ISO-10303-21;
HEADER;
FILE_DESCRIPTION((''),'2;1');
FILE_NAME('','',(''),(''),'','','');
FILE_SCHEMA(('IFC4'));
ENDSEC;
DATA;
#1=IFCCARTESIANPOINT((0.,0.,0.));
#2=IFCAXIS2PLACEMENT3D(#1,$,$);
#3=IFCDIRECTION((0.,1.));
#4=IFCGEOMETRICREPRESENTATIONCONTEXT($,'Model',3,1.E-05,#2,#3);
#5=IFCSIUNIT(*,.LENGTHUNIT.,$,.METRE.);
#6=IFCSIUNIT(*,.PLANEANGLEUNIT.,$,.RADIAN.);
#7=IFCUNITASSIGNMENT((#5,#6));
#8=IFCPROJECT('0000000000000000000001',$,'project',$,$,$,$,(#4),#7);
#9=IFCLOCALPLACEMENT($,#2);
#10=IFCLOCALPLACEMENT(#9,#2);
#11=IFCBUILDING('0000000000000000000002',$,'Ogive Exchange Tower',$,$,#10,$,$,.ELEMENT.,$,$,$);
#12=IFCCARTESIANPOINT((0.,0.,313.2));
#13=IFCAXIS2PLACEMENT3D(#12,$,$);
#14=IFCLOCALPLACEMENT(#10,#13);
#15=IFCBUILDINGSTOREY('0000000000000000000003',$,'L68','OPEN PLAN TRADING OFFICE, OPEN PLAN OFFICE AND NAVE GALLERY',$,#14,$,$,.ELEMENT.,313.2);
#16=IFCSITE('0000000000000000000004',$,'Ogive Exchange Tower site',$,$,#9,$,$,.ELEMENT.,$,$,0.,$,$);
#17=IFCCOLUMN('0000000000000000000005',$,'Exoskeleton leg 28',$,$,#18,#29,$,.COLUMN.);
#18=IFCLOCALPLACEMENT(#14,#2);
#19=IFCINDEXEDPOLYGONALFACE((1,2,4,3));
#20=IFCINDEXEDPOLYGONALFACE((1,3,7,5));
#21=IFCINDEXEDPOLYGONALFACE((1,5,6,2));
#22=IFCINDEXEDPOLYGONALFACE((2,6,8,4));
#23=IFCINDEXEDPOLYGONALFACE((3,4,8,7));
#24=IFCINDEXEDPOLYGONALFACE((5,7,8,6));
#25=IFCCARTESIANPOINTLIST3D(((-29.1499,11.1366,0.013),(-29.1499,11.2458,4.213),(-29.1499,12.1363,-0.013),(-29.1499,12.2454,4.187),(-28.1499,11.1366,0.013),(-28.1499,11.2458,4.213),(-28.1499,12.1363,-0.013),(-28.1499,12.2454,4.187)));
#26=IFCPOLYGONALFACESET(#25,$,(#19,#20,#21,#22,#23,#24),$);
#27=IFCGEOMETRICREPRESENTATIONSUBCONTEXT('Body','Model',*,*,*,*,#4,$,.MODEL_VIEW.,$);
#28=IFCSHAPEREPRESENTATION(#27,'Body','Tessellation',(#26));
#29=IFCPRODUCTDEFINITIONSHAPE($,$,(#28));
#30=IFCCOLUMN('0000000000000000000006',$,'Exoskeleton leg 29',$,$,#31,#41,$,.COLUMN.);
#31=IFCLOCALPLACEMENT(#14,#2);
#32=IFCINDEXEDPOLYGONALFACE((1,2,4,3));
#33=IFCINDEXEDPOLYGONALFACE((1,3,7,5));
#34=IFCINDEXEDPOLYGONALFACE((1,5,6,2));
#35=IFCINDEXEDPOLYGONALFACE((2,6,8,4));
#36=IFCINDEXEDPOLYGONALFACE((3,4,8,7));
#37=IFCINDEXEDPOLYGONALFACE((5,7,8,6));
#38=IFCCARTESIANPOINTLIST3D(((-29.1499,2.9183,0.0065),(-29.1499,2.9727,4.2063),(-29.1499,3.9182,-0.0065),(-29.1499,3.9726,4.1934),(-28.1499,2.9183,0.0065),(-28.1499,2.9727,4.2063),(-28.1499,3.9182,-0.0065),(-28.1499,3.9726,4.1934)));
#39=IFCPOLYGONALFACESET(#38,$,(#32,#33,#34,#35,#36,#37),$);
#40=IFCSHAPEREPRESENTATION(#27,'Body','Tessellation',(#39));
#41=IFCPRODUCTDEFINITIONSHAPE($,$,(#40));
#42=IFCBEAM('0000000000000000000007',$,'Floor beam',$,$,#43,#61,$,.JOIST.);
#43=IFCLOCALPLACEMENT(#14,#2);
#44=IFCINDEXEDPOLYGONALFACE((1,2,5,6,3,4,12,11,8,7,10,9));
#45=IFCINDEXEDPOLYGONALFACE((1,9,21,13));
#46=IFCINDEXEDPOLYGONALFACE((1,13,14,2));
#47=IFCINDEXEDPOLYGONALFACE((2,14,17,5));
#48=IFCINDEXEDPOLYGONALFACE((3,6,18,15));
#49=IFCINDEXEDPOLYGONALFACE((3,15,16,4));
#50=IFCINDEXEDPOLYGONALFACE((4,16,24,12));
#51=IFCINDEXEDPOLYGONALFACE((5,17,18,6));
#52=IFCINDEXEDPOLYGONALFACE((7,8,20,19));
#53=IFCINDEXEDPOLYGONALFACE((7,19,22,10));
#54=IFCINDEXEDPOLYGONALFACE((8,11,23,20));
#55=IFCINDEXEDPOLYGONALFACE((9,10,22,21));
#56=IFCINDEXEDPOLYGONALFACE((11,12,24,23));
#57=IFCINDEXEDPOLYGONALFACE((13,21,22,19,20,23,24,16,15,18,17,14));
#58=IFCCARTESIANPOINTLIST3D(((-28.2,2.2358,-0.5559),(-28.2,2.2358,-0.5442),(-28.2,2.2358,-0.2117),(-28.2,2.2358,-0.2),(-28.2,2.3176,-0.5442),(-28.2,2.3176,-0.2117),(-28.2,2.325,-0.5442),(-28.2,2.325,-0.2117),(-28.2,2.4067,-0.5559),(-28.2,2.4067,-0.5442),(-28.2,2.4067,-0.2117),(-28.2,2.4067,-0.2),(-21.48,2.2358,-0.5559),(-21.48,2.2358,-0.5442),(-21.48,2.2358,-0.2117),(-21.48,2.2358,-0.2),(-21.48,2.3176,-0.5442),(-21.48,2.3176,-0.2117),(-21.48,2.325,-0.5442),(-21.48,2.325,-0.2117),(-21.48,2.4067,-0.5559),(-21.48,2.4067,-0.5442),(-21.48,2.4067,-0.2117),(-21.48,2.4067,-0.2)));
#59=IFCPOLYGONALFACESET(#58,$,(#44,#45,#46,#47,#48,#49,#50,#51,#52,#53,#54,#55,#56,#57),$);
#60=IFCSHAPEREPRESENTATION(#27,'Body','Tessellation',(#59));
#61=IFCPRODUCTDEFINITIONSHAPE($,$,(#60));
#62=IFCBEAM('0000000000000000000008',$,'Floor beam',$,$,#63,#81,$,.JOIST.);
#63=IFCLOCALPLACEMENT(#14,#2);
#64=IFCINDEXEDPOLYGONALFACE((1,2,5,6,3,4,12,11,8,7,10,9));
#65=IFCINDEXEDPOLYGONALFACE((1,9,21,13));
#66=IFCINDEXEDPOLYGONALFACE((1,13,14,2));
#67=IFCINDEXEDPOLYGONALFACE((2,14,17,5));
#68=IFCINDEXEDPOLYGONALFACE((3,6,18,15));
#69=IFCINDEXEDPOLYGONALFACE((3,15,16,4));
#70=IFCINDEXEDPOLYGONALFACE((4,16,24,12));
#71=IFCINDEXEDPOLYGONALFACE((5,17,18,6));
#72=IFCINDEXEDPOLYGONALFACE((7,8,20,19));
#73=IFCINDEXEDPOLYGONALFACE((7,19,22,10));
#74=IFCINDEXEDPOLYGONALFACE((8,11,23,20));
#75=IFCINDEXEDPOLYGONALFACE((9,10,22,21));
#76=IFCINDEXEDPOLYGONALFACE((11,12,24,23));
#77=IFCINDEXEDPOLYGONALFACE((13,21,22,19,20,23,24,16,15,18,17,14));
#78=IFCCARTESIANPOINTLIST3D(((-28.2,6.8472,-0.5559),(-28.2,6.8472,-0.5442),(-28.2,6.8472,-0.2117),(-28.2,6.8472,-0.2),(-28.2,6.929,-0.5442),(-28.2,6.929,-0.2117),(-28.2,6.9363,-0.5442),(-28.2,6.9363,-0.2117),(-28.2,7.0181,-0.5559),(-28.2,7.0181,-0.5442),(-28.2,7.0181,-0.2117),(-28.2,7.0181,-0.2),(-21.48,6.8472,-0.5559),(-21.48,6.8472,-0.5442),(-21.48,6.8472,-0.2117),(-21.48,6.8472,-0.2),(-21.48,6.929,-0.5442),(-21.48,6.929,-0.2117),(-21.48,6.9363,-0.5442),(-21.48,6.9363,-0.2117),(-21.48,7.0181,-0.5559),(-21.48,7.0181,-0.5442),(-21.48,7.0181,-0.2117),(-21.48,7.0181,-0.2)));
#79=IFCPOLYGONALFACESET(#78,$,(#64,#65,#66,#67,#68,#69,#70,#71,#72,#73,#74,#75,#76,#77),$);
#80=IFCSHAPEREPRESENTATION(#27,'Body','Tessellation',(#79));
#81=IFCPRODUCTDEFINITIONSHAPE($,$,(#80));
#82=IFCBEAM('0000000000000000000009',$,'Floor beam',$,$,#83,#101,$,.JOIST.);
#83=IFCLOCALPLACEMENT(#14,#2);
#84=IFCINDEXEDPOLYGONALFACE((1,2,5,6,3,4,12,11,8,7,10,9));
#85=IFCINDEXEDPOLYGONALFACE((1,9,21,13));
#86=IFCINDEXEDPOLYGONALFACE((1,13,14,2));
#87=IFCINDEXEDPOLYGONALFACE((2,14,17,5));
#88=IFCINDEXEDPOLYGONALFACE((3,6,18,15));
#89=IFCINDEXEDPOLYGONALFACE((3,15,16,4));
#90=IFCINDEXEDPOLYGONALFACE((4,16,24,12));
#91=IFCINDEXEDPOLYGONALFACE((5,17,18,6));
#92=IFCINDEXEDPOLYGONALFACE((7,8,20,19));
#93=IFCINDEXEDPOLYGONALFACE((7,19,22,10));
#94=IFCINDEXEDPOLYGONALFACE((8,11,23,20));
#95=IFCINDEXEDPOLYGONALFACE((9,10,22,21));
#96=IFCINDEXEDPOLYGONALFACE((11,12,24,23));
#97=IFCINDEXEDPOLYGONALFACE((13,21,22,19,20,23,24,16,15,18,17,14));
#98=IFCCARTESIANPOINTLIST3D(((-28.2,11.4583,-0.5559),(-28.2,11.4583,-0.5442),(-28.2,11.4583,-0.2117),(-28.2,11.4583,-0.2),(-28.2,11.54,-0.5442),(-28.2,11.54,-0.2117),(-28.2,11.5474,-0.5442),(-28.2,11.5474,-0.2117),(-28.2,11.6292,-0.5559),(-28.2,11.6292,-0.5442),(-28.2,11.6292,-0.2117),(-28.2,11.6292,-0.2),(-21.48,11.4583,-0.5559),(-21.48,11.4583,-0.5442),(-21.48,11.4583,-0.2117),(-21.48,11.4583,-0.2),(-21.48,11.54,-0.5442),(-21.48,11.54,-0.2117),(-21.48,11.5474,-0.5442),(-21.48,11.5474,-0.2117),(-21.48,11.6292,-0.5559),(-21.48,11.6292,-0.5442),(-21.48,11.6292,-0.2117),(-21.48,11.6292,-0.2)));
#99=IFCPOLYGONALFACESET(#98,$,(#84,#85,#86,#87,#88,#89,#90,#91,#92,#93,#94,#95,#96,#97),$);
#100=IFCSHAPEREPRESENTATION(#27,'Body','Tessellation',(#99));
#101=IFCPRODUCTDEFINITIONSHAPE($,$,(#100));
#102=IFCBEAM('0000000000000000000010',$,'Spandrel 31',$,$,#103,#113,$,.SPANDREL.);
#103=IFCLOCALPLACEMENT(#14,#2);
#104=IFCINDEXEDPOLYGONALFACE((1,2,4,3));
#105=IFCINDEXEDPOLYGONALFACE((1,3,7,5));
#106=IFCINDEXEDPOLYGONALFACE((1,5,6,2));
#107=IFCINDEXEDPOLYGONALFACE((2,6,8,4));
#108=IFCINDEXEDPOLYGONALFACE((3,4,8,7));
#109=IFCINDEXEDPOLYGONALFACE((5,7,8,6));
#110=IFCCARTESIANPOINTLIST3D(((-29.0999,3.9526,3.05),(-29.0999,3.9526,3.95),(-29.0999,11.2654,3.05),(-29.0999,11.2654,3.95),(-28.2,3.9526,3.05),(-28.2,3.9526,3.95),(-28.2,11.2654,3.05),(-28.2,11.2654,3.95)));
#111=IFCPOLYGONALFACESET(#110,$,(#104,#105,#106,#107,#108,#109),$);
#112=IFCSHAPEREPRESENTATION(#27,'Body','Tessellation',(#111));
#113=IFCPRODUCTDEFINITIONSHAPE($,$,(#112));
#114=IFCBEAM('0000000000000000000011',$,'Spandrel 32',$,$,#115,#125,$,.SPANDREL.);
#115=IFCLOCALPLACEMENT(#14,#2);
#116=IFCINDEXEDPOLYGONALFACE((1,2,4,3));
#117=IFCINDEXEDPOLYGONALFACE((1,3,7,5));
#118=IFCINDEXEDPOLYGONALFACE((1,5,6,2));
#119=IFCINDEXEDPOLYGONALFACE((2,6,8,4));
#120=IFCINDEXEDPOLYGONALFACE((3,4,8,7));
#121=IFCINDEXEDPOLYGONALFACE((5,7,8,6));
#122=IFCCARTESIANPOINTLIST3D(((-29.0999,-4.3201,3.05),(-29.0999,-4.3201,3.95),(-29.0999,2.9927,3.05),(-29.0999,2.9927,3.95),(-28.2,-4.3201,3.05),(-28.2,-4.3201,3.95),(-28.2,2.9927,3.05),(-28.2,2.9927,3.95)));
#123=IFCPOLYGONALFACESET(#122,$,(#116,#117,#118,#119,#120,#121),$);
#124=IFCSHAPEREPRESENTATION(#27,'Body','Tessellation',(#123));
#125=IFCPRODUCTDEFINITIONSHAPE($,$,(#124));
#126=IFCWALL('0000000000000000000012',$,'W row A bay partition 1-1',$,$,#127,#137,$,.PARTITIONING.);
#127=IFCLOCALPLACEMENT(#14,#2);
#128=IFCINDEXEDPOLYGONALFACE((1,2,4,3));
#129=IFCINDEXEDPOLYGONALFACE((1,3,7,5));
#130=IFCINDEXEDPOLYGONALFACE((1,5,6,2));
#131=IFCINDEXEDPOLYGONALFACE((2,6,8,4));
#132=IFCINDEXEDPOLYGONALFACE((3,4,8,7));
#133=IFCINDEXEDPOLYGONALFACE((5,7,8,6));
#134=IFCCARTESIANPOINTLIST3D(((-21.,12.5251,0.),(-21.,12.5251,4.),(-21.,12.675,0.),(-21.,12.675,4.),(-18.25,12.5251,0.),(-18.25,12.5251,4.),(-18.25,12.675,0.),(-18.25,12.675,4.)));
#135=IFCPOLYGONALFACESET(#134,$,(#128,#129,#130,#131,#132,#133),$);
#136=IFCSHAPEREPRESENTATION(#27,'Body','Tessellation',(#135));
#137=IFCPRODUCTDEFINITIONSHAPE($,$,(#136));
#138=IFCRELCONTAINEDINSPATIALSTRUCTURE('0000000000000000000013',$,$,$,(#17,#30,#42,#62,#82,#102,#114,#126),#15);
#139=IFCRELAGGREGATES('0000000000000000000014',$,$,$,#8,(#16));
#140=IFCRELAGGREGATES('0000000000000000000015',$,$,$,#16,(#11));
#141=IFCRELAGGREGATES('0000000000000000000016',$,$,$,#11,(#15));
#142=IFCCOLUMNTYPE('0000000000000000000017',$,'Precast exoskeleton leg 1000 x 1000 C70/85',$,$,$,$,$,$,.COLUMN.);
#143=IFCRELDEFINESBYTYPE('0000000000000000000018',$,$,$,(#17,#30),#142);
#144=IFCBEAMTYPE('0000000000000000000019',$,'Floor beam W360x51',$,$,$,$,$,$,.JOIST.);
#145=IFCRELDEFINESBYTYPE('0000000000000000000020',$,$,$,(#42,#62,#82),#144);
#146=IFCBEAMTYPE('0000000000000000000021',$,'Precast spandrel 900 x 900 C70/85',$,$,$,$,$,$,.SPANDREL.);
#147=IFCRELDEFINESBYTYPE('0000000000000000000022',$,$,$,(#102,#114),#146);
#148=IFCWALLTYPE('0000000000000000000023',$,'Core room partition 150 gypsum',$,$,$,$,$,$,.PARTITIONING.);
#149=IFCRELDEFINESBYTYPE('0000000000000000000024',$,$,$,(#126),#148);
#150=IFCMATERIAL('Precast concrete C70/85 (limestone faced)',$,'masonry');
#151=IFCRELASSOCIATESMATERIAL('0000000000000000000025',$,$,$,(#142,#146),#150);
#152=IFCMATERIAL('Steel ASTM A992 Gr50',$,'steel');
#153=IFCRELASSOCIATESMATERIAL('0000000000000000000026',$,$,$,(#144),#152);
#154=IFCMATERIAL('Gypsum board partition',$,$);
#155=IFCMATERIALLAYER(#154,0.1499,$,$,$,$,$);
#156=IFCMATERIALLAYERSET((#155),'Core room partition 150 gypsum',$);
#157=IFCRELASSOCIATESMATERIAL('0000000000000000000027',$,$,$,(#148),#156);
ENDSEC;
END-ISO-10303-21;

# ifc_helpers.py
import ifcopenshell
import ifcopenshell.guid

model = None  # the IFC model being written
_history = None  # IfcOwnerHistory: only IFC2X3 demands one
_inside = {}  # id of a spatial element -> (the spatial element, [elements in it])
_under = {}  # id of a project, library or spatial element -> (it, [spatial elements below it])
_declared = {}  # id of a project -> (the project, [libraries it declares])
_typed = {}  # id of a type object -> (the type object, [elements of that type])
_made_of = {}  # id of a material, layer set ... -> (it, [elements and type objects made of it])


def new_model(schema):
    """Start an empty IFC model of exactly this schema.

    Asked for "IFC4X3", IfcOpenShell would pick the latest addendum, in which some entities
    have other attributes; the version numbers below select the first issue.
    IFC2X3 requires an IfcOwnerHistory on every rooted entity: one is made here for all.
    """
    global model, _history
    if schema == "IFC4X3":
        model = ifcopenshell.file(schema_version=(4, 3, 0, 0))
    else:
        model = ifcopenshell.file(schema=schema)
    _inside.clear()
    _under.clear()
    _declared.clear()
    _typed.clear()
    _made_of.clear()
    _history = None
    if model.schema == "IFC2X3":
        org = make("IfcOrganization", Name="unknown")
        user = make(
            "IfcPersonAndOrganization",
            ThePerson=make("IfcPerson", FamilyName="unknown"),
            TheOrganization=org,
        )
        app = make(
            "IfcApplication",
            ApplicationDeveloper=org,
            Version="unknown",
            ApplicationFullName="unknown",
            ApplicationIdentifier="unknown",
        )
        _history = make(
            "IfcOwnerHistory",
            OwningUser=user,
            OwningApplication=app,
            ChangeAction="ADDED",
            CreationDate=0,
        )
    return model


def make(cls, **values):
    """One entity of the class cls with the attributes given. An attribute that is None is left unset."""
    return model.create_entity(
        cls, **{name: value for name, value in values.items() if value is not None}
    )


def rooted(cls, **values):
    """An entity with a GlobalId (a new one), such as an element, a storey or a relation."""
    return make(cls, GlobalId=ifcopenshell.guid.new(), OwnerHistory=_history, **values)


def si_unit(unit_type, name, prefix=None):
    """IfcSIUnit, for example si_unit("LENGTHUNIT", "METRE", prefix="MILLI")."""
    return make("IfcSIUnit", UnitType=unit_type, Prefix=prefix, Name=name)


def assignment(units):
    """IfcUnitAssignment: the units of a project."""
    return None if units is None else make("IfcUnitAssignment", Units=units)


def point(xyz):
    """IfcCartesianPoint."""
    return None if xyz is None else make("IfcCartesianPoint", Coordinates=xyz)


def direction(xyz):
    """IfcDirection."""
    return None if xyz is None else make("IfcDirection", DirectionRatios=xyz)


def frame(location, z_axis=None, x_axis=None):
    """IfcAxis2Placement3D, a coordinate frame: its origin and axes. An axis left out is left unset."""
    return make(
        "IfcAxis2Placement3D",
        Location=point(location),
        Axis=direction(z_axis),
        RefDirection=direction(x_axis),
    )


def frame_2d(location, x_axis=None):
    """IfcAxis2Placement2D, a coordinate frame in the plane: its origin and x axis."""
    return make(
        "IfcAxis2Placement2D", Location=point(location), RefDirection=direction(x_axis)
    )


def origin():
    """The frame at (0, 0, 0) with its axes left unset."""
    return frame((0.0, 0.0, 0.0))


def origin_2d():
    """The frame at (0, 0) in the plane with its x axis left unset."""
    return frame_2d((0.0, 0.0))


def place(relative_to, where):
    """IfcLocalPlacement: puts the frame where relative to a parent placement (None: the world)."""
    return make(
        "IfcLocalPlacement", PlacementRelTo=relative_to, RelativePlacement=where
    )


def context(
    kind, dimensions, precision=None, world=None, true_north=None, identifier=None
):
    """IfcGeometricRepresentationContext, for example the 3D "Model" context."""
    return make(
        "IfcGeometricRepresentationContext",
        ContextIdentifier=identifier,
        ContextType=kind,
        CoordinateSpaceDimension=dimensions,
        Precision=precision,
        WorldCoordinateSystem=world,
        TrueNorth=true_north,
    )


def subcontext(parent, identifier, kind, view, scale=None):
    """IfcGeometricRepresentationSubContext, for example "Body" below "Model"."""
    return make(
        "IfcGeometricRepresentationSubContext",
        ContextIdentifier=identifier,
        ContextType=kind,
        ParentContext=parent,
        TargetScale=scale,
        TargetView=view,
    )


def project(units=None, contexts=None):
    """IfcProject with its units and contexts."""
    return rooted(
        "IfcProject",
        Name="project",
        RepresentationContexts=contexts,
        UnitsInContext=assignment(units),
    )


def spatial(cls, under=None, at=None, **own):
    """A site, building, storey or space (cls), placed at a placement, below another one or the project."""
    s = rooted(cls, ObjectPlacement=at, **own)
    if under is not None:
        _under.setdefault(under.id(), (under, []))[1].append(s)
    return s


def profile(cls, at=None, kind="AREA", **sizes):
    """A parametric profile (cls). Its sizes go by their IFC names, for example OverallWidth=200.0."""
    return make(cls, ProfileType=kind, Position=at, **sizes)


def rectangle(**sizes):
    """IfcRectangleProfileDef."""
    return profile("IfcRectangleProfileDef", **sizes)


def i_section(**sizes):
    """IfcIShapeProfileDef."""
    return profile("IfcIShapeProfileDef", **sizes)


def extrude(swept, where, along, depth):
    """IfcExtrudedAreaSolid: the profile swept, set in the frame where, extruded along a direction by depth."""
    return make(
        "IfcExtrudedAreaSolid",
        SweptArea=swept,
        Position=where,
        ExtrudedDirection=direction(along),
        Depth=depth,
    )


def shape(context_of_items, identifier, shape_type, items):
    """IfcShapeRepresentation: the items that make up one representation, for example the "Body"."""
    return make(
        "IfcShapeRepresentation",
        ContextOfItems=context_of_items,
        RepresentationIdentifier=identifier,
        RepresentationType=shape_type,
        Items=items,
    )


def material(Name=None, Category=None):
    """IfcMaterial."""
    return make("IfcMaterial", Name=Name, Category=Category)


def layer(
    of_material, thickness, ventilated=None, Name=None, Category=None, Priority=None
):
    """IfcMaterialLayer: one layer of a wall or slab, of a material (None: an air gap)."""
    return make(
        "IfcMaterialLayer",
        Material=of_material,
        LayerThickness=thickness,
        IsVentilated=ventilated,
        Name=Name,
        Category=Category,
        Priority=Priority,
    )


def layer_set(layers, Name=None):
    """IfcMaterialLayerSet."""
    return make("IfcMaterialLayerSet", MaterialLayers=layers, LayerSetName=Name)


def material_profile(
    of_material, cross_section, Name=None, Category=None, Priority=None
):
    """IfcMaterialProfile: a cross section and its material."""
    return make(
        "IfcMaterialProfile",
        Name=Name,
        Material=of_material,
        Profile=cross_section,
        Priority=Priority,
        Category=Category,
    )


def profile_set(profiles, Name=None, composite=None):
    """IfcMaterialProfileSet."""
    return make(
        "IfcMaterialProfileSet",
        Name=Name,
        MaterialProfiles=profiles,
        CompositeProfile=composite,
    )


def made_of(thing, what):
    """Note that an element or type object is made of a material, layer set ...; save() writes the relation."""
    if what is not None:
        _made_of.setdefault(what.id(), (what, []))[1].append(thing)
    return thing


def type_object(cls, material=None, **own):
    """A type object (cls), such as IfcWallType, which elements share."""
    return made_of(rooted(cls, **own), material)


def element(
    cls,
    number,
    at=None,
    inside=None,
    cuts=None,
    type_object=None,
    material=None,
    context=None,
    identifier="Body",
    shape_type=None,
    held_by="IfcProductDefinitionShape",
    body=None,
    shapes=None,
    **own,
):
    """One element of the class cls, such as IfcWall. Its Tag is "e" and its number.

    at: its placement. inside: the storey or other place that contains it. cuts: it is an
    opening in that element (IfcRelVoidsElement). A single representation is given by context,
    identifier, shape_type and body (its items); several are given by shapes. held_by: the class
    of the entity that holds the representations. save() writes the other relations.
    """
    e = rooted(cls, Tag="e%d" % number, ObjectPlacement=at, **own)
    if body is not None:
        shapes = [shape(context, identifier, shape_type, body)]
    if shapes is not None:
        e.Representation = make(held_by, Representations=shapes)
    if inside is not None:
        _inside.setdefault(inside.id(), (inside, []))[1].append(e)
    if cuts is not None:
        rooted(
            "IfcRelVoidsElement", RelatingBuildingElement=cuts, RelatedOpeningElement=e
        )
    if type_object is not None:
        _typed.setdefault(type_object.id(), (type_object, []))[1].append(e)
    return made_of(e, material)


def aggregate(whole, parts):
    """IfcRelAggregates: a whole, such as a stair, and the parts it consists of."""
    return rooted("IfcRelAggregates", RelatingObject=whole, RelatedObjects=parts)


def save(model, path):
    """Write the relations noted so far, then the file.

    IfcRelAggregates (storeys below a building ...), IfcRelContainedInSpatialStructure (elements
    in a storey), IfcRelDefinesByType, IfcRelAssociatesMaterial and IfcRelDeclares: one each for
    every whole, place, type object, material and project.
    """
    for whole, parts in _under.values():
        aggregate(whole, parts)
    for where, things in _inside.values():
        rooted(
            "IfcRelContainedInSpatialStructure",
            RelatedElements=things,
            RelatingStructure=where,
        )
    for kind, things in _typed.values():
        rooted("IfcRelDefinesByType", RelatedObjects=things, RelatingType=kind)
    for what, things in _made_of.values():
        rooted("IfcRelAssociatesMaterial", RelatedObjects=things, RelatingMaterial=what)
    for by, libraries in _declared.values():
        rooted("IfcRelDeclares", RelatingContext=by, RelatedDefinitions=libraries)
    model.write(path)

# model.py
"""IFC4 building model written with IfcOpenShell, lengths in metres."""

from ifc_helpers import new_model, si_unit, direction, frame, frame_2d, origin, origin_2d, place, context, subcontext, project, spatial, rectangle, i_section, extrude, material, layer, layer_set, material_profile, profile_set, type_object, element, save


model = new_model("IFC4")

# Units and contexts
model_context = context("Model", 3, precision=1e-05, world=origin(), true_north=direction((0.0, 1.0)))
body_context = subcontext(model_context, "Body", "Model", "MODEL_VIEW")
ifc_project = project(units=[si_unit("LENGTHUNIT", "METRE"), si_unit("PLANEANGLEUNIT", "RADIAN")], contexts=[model_context])

# Site, building, storey
site_placement = place(None, origin())
site = spatial("IfcSite", under=ifc_project, at=site_placement, Name="Ogive Exchange Tower site", CompositionType="ELEMENT", RefElevation=0.0)
building_placement = place(site_placement, origin())
building = spatial("IfcBuilding", under=site, at=building_placement, Name="Ogive Exchange Tower", CompositionType="ELEMENT")
storey_placement = place(building_placement, frame((0.0, 0.0, 313.2)))
storey = spatial("IfcBuildingStorey", under=building, at=storey_placement, Name="L68", Description="OPEN PLAN TRADING OFFICE, OPEN PLAN OFFICE AND NAVE GALLERY", CompositionType="ELEMENT", Elevation=313.2)

# Columns
ifc_material_1 = material(Name="Precast concrete C70/85 (limestone faced)", Category="masonry")
ifc_material_profile_1 = material_profile(ifc_material_1, rectangle(XDim=1.0, YDim=1.0, at=origin_2d()), Name="1000 x 1000")
ifc_profile_set_1 = profile_set([ifc_material_profile_1], Name="Precast concrete C70/85 (limestone faced)")
column_type = type_object("IfcColumnType", Name="Precast exoskeleton leg 1000 x 1000 C70/85", PredefinedType="COLUMN", material=ifc_profile_set_1)
column_1_placement = place(storey_placement, frame((-28.6499, 11.6365, 0.0), z_axis=(0.0, 0.025975, 0.999663), x_axis=(-1.0, 0.0, 0.0)))
element("IfcColumn", 1, at=column_1_placement, inside=storey, type_object=column_type, Name="Exoskeleton leg 28", PredefinedType="COLUMN", context=body_context, shape_type="SweptSolid", body=[
    extrude(rectangle(XDim=1.0, YDim=1.0, at=origin_2d()), origin(), (0.0, 0.0, 1.0), 4.2014),
])
column_2_placement = place(storey_placement, frame((-28.6499, 3.4182, 0.0), z_axis=(0.0, 0.012962, 0.999916), x_axis=(-1.0, 0.0, 0.0)))
element("IfcColumn", 2, at=column_2_placement, inside=storey, type_object=column_type, Name="Exoskeleton leg 29", PredefinedType="COLUMN", context=body_context, shape_type="SweptSolid", body=[
    extrude(rectangle(XDim=1.0, YDim=1.0, at=origin_2d()), origin(), (0.0, 0.0, 1.0), 4.2002),
])

# Beams
ifc_material_2 = material(Name="Steel ASTM A992 Gr50", Category="steel")
ifc_material_profile_2 = material_profile(ifc_material_2, i_section(OverallWidth=0.1709, OverallDepth=0.356, WebThickness=0.0073, FlangeThickness=0.0117, at=origin_2d()), Name="W360x51")
ifc_profile_set_2 = profile_set([ifc_material_profile_2], Name="Steel ASTM A992 Gr50")
beam_type_1 = type_object("IfcBeamType", Name="Floor beam W360x51", PredefinedType="JOIST", material=ifc_profile_set_2)
for number, where, z_axis, x_axis, name in (
    (3, (-28.2, 2.3213, -0.3779), (1.0, 0.0, 0.0), (0.0, 1.0, 0.0), "Floor beam"),
    (4, (-28.2, 6.9326, -0.3779), (1.0, 0.0, 0.0), (0.0, 1.0, 0.0), "Floor beam"),
    (5, (-28.2, 11.5437, -0.3779), (1.0, 0.0, 0.0), (0.0, 1.0, 0.0), "Floor beam"),
):
    element("IfcBeam", number, at=place(storey_placement, frame(where, z_axis=z_axis, x_axis=x_axis)), inside=storey, type_object=beam_type_1, Name=name, PredefinedType="JOIST", context=body_context, shape_type="SweptSolid", body=[
        extrude(i_section(OverallWidth=0.1709, OverallDepth=0.356, WebThickness=0.0073, FlangeThickness=0.0117, at=origin_2d()), origin(), (0.0, 0.0, 1.0), 6.72),
    ])
ifc_material_profile_3 = material_profile(ifc_material_1, rectangle(XDim=0.8999, YDim=0.8999, at=origin_2d()), Name="900 x 900")
ifc_profile_set_3 = profile_set([ifc_material_profile_3], Name="Precast concrete C70/85 (limestone faced)")
beam_type_2 = type_object("IfcBeamType", Name="Precast spandrel 900 x 900 C70/85", PredefinedType="SPANDREL", material=ifc_profile_set_3)
for number, where, z_axis, x_axis, name in (
    (6, (-28.6499, 11.2654, 3.5), (0.0, -1.0, 0.0), (1.0, 0.0, 0.0), "Spandrel 31"),
    (7, (-28.6499, 2.9927, 3.5), (0.0, -1.0, 0.0), (1.0, 0.0, 0.0), "Spandrel 32"),
):
    element("IfcBeam", number, at=place(storey_placement, frame(where, z_axis=z_axis, x_axis=x_axis)), inside=storey, type_object=beam_type_2, Name=name, PredefinedType="SPANDREL", context=body_context, shape_type="SweptSolid", body=[
        extrude(rectangle(XDim=0.8999, YDim=0.8999, at=origin_2d()), origin(), (0.0, 0.0, 1.0), 7.3127),
    ])

# Wall
ifc_material_3 = material(Name="Gypsum board partition")
ifc_layer_1 = layer(ifc_material_3, 0.1499)
ifc_layer_set_1 = layer_set([ifc_layer_1], Name="Core room partition 150 gypsum")
wall_type_1 = type_object("IfcWallType", Name="Core room partition 150 gypsum", PredefinedType="PARTITIONING", material=ifc_layer_set_1)
wall_1_placement = place(storey_placement, frame((-21.0, 12.6001, 0.0), z_axis=(0.0, 0.0, 1.0), x_axis=(1.0, 0.0, 0.0)))
element("IfcWall", 8, at=wall_1_placement, inside=storey, type_object=wall_type_1, Name="W row A bay partition 1-1", PredefinedType="PARTITIONING", context=body_context, shape_type="SweptSolid", body=[
    extrude(rectangle(XDim=2.75, YDim=0.1499, at=frame_2d((1.375, 0.0))), origin(), (0.0, 0.0, 1.0), 4.0),
])

save(model, "model.ifc")
